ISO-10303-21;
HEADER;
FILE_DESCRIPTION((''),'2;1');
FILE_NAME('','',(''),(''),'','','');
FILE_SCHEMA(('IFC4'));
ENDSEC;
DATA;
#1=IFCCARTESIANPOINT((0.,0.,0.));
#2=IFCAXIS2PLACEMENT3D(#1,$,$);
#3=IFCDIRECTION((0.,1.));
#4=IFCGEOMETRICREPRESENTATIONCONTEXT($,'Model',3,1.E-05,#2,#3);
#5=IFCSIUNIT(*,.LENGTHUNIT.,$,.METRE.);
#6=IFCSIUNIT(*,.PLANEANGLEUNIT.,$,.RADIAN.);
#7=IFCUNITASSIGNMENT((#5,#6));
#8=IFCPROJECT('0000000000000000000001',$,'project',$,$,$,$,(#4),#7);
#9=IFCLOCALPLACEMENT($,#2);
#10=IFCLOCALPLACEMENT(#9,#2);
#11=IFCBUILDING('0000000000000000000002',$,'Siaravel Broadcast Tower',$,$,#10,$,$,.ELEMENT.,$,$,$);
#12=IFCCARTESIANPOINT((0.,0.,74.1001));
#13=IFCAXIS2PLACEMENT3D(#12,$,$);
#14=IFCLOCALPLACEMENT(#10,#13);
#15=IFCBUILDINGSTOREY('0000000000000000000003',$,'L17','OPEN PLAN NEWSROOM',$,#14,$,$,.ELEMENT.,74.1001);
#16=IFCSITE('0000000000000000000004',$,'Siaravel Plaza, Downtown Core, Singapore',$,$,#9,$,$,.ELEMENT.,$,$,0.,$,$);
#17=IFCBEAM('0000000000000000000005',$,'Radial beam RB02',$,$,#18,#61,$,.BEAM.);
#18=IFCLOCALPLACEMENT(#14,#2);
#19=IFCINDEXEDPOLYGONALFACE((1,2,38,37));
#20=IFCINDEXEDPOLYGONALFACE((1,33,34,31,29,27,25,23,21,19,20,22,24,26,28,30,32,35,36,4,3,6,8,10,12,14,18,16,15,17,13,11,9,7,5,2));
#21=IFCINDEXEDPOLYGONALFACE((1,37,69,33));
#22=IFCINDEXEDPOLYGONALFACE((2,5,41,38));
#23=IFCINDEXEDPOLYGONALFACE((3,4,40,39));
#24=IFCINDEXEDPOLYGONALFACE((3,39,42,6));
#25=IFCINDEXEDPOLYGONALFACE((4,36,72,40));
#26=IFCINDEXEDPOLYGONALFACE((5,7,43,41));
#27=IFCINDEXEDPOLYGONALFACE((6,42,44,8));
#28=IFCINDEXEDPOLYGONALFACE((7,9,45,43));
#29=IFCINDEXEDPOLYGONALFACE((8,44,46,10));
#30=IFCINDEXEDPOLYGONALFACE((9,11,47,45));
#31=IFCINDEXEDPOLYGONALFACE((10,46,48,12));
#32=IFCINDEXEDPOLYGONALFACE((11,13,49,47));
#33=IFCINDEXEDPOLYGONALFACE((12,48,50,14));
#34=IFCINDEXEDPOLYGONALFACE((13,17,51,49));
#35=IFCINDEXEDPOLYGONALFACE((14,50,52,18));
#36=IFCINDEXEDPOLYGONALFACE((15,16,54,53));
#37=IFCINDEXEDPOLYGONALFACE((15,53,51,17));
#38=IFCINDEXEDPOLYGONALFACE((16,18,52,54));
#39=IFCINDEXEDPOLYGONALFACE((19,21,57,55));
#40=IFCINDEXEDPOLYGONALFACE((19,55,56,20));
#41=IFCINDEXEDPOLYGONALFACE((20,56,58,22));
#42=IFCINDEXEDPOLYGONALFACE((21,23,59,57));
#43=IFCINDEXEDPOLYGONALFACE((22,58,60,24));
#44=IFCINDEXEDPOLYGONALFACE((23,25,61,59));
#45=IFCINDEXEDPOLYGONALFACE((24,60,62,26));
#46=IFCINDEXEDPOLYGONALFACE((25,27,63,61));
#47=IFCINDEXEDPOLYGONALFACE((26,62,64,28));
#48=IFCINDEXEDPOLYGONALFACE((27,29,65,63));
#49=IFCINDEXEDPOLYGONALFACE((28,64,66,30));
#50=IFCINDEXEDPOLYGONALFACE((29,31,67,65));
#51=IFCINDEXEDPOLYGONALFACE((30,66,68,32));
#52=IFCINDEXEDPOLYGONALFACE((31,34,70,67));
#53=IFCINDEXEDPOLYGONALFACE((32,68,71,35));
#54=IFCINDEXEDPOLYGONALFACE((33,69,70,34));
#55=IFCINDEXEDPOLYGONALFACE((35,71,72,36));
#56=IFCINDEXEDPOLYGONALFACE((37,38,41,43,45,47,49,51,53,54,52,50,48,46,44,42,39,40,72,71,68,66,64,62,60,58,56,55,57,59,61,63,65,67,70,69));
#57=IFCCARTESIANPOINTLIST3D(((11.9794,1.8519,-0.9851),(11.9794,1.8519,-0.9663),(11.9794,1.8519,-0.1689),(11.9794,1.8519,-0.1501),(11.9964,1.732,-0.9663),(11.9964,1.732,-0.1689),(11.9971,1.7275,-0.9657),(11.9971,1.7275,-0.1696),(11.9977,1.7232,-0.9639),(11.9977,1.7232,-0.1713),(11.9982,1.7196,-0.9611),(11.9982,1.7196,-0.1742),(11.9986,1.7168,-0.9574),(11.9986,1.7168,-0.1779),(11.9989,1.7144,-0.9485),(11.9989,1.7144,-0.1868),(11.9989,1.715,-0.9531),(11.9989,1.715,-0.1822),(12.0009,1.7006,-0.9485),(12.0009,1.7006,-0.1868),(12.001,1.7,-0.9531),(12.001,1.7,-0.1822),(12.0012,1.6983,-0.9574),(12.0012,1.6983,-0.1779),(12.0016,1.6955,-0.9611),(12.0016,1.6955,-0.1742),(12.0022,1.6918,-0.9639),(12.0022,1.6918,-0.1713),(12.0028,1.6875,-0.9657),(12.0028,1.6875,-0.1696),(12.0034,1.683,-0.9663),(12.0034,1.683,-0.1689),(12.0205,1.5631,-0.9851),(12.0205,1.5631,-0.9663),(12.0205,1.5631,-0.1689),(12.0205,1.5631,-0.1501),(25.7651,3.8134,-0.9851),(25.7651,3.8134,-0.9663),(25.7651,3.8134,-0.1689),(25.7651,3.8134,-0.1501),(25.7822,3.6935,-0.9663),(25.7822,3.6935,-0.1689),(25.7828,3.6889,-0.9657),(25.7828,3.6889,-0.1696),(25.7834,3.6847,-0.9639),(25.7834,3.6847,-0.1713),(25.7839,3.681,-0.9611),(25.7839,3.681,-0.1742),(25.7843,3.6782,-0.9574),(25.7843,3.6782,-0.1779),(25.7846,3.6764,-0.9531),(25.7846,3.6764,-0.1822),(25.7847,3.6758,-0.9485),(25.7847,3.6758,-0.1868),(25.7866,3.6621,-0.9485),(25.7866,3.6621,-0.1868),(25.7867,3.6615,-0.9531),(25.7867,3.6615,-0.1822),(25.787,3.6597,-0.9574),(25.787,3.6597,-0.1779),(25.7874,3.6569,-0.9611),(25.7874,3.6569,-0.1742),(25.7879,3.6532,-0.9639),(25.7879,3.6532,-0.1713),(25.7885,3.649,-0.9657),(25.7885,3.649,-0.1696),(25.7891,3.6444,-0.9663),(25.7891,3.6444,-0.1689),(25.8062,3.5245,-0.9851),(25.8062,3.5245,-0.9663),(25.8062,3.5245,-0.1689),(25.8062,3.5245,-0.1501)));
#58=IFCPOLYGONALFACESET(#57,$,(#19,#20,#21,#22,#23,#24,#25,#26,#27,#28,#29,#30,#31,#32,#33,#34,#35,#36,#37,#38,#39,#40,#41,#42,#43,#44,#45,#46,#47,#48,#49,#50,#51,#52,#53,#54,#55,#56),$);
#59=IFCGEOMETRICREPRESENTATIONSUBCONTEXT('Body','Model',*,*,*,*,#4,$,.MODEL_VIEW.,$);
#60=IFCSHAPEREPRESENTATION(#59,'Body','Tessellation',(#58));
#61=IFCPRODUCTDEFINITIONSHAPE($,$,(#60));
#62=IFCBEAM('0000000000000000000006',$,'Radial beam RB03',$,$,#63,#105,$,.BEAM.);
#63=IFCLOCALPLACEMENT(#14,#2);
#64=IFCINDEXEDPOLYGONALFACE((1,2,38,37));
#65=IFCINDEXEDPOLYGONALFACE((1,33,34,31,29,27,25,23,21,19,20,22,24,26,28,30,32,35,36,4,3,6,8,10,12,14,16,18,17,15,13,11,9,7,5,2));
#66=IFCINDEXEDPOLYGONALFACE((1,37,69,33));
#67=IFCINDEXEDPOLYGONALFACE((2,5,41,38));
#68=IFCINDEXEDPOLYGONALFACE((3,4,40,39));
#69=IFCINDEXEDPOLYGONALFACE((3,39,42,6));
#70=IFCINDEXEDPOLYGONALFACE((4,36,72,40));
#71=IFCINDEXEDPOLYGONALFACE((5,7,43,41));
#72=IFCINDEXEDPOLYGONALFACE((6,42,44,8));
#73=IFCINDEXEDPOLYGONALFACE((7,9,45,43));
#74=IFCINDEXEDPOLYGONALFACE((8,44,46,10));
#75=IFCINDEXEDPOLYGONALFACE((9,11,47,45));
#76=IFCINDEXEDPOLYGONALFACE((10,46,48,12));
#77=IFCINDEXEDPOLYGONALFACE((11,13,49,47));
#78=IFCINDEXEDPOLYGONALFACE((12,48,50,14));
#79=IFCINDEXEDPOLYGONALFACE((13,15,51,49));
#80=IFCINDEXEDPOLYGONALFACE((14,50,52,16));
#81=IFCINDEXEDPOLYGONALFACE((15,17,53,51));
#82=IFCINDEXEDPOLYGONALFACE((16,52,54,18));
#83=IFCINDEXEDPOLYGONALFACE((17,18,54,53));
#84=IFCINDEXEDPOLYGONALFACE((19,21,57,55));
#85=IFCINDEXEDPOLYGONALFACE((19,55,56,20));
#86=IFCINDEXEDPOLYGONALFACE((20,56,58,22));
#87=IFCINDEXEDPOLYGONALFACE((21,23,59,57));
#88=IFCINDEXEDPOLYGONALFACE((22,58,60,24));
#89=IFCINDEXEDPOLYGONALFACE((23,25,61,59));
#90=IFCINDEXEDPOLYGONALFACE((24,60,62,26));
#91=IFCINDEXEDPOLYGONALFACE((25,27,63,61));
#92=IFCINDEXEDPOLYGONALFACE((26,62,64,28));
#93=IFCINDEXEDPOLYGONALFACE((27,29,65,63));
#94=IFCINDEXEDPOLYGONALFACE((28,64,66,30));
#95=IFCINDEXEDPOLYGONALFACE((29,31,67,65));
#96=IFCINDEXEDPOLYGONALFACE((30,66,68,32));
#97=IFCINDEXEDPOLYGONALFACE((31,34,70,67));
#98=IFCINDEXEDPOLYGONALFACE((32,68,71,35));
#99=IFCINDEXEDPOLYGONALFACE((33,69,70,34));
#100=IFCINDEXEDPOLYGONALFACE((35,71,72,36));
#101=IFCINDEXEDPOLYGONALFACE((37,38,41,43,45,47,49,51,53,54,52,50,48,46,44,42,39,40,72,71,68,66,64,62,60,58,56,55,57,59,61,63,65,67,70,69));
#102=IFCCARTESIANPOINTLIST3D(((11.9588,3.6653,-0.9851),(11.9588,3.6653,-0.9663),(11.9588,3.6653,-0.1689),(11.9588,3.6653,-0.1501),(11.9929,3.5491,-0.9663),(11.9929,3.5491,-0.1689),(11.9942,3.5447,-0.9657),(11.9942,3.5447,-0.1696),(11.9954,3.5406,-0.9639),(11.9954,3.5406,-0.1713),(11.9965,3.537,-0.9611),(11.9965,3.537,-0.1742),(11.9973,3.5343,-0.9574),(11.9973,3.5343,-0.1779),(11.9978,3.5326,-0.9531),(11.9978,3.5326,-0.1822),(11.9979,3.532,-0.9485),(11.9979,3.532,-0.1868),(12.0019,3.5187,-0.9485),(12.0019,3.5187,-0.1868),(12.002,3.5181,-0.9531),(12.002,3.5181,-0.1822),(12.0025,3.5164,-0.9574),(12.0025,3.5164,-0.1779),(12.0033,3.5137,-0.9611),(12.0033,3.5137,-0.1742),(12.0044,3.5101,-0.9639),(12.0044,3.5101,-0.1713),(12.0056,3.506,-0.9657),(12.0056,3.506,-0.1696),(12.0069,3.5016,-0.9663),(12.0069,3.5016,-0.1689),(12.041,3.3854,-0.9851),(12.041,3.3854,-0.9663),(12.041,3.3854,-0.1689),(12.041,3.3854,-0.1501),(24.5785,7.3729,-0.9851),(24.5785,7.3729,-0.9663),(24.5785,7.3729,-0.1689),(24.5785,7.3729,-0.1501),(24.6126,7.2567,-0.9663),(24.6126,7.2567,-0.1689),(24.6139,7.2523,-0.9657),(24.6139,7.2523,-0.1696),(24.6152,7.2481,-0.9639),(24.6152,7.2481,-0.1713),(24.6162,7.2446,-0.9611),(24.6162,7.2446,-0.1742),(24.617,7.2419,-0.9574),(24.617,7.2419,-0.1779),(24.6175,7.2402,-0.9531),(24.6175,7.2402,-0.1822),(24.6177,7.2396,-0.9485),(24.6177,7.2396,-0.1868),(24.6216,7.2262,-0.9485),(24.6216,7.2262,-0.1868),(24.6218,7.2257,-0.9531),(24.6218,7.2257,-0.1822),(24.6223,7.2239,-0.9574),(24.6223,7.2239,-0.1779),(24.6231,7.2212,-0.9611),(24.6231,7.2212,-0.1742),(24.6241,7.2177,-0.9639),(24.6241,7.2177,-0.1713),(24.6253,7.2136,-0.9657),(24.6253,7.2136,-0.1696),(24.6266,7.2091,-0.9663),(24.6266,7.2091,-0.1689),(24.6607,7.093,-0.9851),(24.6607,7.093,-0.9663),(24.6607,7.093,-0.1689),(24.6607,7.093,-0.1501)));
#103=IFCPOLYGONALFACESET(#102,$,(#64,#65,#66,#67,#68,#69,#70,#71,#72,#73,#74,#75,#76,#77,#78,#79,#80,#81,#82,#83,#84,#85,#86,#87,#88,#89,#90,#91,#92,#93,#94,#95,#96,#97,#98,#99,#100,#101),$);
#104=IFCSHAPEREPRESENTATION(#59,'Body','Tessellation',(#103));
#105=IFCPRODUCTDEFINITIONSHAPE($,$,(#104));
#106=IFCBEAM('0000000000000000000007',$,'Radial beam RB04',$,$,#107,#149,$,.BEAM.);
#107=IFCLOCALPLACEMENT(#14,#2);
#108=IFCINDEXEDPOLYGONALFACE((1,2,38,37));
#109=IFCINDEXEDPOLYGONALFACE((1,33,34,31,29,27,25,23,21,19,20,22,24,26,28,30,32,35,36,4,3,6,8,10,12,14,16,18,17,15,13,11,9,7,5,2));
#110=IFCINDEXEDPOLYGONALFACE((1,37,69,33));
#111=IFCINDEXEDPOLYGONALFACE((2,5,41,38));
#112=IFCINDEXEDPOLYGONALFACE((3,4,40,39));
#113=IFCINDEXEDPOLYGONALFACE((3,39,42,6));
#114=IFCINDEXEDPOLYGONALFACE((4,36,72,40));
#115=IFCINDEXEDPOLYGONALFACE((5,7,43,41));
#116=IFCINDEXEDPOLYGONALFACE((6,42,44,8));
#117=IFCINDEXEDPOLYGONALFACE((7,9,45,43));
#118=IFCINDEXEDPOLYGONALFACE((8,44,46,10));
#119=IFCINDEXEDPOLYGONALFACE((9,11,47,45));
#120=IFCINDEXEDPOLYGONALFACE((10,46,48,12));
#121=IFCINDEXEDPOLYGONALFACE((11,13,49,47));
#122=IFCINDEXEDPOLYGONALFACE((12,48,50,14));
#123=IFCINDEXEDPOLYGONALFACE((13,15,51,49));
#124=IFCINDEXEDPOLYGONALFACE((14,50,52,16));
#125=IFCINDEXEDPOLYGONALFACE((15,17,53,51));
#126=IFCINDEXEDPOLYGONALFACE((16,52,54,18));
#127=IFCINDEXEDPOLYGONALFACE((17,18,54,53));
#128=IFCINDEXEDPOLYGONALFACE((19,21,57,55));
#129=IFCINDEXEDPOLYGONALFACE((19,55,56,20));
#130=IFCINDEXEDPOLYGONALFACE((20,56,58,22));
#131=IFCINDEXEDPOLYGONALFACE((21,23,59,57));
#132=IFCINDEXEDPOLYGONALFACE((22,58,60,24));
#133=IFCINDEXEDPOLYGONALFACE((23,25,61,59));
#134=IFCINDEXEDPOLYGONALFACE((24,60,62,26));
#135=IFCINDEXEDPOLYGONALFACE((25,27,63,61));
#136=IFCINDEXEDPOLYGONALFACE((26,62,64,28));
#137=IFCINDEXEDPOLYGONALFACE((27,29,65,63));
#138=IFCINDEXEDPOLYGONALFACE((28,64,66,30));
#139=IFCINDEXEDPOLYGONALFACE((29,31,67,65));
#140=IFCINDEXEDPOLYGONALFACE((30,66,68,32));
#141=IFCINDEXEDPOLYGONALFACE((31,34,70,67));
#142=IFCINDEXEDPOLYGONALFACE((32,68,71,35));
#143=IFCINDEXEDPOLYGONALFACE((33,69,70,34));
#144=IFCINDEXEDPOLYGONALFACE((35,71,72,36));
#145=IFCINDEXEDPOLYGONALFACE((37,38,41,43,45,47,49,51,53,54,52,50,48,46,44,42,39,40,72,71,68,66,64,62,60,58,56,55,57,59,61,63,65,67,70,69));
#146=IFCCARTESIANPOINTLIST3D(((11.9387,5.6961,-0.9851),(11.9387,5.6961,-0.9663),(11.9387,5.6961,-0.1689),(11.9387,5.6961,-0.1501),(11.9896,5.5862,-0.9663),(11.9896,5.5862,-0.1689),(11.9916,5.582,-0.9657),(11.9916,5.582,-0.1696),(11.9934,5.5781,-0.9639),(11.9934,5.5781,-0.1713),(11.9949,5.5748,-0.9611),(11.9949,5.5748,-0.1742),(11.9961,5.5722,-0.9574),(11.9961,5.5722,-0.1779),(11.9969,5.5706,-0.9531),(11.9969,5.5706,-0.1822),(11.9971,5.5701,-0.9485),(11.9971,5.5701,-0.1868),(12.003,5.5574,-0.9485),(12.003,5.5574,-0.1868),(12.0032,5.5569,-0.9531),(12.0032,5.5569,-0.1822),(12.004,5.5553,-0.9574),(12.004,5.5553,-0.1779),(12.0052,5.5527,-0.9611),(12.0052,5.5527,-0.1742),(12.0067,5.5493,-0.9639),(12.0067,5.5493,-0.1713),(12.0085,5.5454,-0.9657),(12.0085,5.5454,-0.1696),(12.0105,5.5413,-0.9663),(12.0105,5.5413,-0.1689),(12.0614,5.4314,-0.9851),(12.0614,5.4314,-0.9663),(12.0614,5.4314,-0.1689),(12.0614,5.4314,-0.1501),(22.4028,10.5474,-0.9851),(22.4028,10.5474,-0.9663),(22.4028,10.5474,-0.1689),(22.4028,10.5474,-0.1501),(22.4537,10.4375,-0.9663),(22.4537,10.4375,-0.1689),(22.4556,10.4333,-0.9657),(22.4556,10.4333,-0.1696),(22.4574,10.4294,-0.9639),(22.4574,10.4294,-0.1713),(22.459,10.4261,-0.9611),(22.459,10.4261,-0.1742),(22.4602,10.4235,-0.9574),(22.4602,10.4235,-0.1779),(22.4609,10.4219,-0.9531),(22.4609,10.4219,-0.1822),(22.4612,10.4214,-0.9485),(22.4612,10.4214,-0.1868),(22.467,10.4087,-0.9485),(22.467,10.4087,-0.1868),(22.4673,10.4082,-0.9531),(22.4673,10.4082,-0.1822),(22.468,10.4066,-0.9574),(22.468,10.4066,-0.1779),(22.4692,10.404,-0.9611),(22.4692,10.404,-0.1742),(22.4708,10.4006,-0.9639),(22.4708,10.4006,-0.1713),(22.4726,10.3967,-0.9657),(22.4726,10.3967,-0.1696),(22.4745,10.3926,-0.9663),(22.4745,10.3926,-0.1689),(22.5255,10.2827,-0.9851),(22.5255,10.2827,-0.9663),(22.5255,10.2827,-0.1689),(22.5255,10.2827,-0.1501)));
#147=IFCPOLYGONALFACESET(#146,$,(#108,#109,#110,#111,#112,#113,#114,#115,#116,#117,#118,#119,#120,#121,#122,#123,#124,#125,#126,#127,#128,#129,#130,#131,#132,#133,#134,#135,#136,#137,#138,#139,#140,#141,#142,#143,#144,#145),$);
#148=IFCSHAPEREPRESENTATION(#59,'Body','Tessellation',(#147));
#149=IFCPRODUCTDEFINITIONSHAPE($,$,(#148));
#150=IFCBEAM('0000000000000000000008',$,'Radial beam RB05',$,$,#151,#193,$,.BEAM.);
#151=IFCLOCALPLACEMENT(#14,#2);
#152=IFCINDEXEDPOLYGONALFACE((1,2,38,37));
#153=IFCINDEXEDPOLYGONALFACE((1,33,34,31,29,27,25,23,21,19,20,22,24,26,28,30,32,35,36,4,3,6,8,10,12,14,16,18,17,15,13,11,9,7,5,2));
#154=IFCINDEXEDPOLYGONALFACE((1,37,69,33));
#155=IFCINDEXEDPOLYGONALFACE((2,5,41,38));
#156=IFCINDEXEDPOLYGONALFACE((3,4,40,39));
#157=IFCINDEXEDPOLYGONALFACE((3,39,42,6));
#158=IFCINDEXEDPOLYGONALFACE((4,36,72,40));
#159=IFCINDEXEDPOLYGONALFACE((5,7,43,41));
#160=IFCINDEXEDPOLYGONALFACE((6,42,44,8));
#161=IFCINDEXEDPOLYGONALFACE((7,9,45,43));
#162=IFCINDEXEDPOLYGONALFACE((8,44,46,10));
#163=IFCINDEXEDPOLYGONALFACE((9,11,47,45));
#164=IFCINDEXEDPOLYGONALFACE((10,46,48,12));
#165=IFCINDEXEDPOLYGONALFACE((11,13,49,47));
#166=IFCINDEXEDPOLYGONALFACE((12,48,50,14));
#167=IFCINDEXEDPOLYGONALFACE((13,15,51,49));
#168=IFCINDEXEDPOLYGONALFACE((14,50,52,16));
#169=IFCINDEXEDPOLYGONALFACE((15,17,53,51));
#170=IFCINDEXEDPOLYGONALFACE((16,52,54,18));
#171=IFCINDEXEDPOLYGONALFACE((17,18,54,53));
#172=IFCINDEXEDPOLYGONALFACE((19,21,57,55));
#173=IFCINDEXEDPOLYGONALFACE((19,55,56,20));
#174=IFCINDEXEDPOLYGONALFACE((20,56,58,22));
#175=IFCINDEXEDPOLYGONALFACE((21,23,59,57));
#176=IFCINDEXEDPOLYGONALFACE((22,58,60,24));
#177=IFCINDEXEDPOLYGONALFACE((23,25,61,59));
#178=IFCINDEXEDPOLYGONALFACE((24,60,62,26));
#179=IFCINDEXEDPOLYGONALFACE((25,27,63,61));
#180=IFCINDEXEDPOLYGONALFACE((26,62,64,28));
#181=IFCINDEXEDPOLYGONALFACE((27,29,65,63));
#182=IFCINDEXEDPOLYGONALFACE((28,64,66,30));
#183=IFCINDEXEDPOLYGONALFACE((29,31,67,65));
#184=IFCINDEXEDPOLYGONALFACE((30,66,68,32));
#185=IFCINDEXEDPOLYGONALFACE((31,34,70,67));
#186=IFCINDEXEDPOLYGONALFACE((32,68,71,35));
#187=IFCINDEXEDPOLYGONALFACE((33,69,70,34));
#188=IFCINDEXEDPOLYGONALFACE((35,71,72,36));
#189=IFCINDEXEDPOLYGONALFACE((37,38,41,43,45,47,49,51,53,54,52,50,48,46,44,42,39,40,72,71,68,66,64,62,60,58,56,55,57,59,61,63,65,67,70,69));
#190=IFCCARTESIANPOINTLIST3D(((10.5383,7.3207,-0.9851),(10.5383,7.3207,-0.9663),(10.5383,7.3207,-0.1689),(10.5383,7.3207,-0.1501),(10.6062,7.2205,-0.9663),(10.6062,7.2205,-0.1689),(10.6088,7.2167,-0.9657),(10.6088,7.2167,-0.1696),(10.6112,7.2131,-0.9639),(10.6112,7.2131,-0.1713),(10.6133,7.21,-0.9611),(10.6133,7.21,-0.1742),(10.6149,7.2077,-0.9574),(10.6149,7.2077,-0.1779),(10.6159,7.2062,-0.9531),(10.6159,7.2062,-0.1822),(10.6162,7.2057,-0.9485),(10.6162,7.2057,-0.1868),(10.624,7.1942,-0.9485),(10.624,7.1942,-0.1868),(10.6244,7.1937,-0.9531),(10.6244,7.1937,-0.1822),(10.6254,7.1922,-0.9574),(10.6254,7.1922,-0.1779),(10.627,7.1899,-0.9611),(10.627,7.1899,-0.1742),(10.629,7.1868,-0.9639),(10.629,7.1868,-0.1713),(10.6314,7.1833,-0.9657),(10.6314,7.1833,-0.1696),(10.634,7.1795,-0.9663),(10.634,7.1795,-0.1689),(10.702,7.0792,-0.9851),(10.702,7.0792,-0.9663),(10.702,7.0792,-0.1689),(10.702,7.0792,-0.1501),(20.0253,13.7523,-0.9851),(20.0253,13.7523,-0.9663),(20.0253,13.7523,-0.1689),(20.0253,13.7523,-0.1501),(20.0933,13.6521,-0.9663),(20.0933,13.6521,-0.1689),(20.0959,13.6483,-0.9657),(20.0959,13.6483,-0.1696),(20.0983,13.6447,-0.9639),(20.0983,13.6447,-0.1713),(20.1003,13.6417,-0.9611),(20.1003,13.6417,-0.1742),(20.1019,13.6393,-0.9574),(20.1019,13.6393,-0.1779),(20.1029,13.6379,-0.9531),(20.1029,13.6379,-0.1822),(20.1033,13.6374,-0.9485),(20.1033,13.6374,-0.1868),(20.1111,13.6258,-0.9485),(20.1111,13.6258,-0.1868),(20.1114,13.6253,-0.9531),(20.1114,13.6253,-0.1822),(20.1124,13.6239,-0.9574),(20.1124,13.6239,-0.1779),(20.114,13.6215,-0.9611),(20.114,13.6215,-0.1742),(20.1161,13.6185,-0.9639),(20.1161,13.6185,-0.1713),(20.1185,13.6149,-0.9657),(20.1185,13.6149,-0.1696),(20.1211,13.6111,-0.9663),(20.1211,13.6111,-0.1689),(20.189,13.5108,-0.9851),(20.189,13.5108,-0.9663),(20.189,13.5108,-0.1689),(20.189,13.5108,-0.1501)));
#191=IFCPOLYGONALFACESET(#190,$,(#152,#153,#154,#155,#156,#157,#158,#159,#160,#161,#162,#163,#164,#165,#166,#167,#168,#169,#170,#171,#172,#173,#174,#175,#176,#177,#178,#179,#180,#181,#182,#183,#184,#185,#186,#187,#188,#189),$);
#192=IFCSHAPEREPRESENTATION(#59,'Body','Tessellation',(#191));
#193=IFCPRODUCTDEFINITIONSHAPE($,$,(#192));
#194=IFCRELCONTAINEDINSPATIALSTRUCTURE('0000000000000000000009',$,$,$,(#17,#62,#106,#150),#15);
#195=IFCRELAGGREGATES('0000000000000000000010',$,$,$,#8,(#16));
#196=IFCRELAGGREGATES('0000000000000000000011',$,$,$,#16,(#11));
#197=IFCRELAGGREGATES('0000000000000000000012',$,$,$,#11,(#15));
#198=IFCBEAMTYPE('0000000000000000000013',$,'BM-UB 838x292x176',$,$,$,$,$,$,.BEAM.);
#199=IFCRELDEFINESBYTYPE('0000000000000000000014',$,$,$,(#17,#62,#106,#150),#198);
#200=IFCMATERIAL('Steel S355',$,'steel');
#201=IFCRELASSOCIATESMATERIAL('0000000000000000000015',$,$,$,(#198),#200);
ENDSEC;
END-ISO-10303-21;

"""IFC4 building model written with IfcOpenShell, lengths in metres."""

from ifc_helpers import new_model, si_unit, direction, frame, origin, origin_2d, place, context, subcontext, project, spatial, i_section, extrude, material, material_profile, profile_set, type_object, element, save


model = new_model("IFC4")

# Units and contexts
model_context = context("Model", 3, precision=1e-05, world=origin(), true_north=direction((0.0, 1.0)))
body_context = subcontext(model_context, "Body", "Model", "MODEL_VIEW")
ifc_project = project(units=[si_unit("LENGTHUNIT", "METRE"), si_unit("PLANEANGLEUNIT", "RADIAN")], contexts=[model_context])

# Site, building, storey
site_placement = place(None, origin())
site = spatial("IfcSite", under=ifc_project, at=site_placement, Name="Siaravel Plaza, Downtown Core, Singapore", CompositionType="ELEMENT", RefElevation=0.0)
building_placement = place(site_placement, origin())
building = spatial("IfcBuilding", under=site, at=building_placement, Name="Siaravel Broadcast Tower", CompositionType="ELEMENT")
storey_placement = place(building_placement, frame((0.0, 0.0, 74.1001)))
storey = spatial("IfcBuildingStorey", under=building, at=storey_placement, Name="L17", Description="OPEN PLAN NEWSROOM", CompositionType="ELEMENT", Elevation=74.1001)

# Beams
ifc_material_1 = material(Name="Steel S355", Category="steel")
ifc_material_profile_1 = material_profile(ifc_material_1, i_section(OverallWidth=0.2917, OverallDepth=0.835, WebThickness=0.0139, FlangeThickness=0.0188, FilletRadius=0.0178, at=origin_2d()))
ifc_profile_set_1 = profile_set([ifc_material_profile_1], Name="Steel S355")
beam_type = type_object("IfcBeamType", Name="BM-UB 838x292x176", PredefinedType="BEAM", material=ifc_profile_set_1)
beam_1_placement = place(storey_placement, frame((25.7856, 3.6689, -0.5676), z_axis=(-0.990029, -0.140862, 0.0), x_axis=(0.140862, -0.990029, 0.0)))
element("IfcBeam", 1, at=beam_1_placement, inside=storey, type_object=beam_type, Name="Radial beam RB02", PredefinedType="BEAM", context=body_context, shape_type="SweptSolid", body=[
    extrude(i_section(OverallWidth=0.2917, OverallDepth=0.835, WebThickness=0.0139, FlangeThickness=0.0188, FilletRadius=0.0178, at=origin_2d()), origin(), (0.0, 0.0, 1.0), 13.9246),
])
beam_2_placement = place(storey_placement, frame((24.6196, 7.2329, -0.5676), z_axis=(-0.959451, -0.281877, 0.0), x_axis=(0.281877, -0.959451, 0.0)))
element("IfcBeam", 2, at=beam_2_placement, inside=storey, type_object=beam_type, Name="Radial beam RB03", PredefinedType="BEAM", context=body_context, shape_type="SweptSolid", body=[
    extrude(i_section(OverallWidth=0.2917, OverallDepth=0.835, WebThickness=0.0139, FlangeThickness=0.0188, FilletRadius=0.0178, at=origin_2d()), origin(), (0.0, 0.0, 1.0), 13.1531),
])
beam_3_placement = place(storey_placement, frame((22.4641, 10.415, -0.5676), z_axis=(-0.907241, -0.420611, 0.0), x_axis=(0.420611, -0.907241, 0.0)))
element("IfcBeam", 3, at=beam_3_placement, inside=storey, type_object=beam_type, Name="Radial beam RB04", PredefinedType="BEAM", context=body_context, shape_type="SweptSolid", body=[
    extrude(i_section(OverallWidth=0.2917, OverallDepth=0.835, WebThickness=0.0139, FlangeThickness=0.0188, FilletRadius=0.0178, at=origin_2d()), origin(), (0.0, 0.0, 1.0), 11.5339),
])
beam_4_placement = place(storey_placement, frame((20.1072, 13.6316, -0.5676), z_axis=(-0.827719, -0.561142, 0.0), x_axis=(0.561142, -0.827719, 0.0)))
element("IfcBeam", 4, at=beam_4_placement, inside=storey, type_object=beam_type, Name="Radial beam RB05", PredefinedType="BEAM", context=body_context, shape_type="SweptSolid", body=[
    extrude(i_section(OverallWidth=0.2917, OverallDepth=0.835, WebThickness=0.0139, FlangeThickness=0.0188, FilletRadius=0.0178, at=origin_2d()), origin(), (0.0, 0.0, 1.0), 11.4617),
])

save(model, "model.ifc")
